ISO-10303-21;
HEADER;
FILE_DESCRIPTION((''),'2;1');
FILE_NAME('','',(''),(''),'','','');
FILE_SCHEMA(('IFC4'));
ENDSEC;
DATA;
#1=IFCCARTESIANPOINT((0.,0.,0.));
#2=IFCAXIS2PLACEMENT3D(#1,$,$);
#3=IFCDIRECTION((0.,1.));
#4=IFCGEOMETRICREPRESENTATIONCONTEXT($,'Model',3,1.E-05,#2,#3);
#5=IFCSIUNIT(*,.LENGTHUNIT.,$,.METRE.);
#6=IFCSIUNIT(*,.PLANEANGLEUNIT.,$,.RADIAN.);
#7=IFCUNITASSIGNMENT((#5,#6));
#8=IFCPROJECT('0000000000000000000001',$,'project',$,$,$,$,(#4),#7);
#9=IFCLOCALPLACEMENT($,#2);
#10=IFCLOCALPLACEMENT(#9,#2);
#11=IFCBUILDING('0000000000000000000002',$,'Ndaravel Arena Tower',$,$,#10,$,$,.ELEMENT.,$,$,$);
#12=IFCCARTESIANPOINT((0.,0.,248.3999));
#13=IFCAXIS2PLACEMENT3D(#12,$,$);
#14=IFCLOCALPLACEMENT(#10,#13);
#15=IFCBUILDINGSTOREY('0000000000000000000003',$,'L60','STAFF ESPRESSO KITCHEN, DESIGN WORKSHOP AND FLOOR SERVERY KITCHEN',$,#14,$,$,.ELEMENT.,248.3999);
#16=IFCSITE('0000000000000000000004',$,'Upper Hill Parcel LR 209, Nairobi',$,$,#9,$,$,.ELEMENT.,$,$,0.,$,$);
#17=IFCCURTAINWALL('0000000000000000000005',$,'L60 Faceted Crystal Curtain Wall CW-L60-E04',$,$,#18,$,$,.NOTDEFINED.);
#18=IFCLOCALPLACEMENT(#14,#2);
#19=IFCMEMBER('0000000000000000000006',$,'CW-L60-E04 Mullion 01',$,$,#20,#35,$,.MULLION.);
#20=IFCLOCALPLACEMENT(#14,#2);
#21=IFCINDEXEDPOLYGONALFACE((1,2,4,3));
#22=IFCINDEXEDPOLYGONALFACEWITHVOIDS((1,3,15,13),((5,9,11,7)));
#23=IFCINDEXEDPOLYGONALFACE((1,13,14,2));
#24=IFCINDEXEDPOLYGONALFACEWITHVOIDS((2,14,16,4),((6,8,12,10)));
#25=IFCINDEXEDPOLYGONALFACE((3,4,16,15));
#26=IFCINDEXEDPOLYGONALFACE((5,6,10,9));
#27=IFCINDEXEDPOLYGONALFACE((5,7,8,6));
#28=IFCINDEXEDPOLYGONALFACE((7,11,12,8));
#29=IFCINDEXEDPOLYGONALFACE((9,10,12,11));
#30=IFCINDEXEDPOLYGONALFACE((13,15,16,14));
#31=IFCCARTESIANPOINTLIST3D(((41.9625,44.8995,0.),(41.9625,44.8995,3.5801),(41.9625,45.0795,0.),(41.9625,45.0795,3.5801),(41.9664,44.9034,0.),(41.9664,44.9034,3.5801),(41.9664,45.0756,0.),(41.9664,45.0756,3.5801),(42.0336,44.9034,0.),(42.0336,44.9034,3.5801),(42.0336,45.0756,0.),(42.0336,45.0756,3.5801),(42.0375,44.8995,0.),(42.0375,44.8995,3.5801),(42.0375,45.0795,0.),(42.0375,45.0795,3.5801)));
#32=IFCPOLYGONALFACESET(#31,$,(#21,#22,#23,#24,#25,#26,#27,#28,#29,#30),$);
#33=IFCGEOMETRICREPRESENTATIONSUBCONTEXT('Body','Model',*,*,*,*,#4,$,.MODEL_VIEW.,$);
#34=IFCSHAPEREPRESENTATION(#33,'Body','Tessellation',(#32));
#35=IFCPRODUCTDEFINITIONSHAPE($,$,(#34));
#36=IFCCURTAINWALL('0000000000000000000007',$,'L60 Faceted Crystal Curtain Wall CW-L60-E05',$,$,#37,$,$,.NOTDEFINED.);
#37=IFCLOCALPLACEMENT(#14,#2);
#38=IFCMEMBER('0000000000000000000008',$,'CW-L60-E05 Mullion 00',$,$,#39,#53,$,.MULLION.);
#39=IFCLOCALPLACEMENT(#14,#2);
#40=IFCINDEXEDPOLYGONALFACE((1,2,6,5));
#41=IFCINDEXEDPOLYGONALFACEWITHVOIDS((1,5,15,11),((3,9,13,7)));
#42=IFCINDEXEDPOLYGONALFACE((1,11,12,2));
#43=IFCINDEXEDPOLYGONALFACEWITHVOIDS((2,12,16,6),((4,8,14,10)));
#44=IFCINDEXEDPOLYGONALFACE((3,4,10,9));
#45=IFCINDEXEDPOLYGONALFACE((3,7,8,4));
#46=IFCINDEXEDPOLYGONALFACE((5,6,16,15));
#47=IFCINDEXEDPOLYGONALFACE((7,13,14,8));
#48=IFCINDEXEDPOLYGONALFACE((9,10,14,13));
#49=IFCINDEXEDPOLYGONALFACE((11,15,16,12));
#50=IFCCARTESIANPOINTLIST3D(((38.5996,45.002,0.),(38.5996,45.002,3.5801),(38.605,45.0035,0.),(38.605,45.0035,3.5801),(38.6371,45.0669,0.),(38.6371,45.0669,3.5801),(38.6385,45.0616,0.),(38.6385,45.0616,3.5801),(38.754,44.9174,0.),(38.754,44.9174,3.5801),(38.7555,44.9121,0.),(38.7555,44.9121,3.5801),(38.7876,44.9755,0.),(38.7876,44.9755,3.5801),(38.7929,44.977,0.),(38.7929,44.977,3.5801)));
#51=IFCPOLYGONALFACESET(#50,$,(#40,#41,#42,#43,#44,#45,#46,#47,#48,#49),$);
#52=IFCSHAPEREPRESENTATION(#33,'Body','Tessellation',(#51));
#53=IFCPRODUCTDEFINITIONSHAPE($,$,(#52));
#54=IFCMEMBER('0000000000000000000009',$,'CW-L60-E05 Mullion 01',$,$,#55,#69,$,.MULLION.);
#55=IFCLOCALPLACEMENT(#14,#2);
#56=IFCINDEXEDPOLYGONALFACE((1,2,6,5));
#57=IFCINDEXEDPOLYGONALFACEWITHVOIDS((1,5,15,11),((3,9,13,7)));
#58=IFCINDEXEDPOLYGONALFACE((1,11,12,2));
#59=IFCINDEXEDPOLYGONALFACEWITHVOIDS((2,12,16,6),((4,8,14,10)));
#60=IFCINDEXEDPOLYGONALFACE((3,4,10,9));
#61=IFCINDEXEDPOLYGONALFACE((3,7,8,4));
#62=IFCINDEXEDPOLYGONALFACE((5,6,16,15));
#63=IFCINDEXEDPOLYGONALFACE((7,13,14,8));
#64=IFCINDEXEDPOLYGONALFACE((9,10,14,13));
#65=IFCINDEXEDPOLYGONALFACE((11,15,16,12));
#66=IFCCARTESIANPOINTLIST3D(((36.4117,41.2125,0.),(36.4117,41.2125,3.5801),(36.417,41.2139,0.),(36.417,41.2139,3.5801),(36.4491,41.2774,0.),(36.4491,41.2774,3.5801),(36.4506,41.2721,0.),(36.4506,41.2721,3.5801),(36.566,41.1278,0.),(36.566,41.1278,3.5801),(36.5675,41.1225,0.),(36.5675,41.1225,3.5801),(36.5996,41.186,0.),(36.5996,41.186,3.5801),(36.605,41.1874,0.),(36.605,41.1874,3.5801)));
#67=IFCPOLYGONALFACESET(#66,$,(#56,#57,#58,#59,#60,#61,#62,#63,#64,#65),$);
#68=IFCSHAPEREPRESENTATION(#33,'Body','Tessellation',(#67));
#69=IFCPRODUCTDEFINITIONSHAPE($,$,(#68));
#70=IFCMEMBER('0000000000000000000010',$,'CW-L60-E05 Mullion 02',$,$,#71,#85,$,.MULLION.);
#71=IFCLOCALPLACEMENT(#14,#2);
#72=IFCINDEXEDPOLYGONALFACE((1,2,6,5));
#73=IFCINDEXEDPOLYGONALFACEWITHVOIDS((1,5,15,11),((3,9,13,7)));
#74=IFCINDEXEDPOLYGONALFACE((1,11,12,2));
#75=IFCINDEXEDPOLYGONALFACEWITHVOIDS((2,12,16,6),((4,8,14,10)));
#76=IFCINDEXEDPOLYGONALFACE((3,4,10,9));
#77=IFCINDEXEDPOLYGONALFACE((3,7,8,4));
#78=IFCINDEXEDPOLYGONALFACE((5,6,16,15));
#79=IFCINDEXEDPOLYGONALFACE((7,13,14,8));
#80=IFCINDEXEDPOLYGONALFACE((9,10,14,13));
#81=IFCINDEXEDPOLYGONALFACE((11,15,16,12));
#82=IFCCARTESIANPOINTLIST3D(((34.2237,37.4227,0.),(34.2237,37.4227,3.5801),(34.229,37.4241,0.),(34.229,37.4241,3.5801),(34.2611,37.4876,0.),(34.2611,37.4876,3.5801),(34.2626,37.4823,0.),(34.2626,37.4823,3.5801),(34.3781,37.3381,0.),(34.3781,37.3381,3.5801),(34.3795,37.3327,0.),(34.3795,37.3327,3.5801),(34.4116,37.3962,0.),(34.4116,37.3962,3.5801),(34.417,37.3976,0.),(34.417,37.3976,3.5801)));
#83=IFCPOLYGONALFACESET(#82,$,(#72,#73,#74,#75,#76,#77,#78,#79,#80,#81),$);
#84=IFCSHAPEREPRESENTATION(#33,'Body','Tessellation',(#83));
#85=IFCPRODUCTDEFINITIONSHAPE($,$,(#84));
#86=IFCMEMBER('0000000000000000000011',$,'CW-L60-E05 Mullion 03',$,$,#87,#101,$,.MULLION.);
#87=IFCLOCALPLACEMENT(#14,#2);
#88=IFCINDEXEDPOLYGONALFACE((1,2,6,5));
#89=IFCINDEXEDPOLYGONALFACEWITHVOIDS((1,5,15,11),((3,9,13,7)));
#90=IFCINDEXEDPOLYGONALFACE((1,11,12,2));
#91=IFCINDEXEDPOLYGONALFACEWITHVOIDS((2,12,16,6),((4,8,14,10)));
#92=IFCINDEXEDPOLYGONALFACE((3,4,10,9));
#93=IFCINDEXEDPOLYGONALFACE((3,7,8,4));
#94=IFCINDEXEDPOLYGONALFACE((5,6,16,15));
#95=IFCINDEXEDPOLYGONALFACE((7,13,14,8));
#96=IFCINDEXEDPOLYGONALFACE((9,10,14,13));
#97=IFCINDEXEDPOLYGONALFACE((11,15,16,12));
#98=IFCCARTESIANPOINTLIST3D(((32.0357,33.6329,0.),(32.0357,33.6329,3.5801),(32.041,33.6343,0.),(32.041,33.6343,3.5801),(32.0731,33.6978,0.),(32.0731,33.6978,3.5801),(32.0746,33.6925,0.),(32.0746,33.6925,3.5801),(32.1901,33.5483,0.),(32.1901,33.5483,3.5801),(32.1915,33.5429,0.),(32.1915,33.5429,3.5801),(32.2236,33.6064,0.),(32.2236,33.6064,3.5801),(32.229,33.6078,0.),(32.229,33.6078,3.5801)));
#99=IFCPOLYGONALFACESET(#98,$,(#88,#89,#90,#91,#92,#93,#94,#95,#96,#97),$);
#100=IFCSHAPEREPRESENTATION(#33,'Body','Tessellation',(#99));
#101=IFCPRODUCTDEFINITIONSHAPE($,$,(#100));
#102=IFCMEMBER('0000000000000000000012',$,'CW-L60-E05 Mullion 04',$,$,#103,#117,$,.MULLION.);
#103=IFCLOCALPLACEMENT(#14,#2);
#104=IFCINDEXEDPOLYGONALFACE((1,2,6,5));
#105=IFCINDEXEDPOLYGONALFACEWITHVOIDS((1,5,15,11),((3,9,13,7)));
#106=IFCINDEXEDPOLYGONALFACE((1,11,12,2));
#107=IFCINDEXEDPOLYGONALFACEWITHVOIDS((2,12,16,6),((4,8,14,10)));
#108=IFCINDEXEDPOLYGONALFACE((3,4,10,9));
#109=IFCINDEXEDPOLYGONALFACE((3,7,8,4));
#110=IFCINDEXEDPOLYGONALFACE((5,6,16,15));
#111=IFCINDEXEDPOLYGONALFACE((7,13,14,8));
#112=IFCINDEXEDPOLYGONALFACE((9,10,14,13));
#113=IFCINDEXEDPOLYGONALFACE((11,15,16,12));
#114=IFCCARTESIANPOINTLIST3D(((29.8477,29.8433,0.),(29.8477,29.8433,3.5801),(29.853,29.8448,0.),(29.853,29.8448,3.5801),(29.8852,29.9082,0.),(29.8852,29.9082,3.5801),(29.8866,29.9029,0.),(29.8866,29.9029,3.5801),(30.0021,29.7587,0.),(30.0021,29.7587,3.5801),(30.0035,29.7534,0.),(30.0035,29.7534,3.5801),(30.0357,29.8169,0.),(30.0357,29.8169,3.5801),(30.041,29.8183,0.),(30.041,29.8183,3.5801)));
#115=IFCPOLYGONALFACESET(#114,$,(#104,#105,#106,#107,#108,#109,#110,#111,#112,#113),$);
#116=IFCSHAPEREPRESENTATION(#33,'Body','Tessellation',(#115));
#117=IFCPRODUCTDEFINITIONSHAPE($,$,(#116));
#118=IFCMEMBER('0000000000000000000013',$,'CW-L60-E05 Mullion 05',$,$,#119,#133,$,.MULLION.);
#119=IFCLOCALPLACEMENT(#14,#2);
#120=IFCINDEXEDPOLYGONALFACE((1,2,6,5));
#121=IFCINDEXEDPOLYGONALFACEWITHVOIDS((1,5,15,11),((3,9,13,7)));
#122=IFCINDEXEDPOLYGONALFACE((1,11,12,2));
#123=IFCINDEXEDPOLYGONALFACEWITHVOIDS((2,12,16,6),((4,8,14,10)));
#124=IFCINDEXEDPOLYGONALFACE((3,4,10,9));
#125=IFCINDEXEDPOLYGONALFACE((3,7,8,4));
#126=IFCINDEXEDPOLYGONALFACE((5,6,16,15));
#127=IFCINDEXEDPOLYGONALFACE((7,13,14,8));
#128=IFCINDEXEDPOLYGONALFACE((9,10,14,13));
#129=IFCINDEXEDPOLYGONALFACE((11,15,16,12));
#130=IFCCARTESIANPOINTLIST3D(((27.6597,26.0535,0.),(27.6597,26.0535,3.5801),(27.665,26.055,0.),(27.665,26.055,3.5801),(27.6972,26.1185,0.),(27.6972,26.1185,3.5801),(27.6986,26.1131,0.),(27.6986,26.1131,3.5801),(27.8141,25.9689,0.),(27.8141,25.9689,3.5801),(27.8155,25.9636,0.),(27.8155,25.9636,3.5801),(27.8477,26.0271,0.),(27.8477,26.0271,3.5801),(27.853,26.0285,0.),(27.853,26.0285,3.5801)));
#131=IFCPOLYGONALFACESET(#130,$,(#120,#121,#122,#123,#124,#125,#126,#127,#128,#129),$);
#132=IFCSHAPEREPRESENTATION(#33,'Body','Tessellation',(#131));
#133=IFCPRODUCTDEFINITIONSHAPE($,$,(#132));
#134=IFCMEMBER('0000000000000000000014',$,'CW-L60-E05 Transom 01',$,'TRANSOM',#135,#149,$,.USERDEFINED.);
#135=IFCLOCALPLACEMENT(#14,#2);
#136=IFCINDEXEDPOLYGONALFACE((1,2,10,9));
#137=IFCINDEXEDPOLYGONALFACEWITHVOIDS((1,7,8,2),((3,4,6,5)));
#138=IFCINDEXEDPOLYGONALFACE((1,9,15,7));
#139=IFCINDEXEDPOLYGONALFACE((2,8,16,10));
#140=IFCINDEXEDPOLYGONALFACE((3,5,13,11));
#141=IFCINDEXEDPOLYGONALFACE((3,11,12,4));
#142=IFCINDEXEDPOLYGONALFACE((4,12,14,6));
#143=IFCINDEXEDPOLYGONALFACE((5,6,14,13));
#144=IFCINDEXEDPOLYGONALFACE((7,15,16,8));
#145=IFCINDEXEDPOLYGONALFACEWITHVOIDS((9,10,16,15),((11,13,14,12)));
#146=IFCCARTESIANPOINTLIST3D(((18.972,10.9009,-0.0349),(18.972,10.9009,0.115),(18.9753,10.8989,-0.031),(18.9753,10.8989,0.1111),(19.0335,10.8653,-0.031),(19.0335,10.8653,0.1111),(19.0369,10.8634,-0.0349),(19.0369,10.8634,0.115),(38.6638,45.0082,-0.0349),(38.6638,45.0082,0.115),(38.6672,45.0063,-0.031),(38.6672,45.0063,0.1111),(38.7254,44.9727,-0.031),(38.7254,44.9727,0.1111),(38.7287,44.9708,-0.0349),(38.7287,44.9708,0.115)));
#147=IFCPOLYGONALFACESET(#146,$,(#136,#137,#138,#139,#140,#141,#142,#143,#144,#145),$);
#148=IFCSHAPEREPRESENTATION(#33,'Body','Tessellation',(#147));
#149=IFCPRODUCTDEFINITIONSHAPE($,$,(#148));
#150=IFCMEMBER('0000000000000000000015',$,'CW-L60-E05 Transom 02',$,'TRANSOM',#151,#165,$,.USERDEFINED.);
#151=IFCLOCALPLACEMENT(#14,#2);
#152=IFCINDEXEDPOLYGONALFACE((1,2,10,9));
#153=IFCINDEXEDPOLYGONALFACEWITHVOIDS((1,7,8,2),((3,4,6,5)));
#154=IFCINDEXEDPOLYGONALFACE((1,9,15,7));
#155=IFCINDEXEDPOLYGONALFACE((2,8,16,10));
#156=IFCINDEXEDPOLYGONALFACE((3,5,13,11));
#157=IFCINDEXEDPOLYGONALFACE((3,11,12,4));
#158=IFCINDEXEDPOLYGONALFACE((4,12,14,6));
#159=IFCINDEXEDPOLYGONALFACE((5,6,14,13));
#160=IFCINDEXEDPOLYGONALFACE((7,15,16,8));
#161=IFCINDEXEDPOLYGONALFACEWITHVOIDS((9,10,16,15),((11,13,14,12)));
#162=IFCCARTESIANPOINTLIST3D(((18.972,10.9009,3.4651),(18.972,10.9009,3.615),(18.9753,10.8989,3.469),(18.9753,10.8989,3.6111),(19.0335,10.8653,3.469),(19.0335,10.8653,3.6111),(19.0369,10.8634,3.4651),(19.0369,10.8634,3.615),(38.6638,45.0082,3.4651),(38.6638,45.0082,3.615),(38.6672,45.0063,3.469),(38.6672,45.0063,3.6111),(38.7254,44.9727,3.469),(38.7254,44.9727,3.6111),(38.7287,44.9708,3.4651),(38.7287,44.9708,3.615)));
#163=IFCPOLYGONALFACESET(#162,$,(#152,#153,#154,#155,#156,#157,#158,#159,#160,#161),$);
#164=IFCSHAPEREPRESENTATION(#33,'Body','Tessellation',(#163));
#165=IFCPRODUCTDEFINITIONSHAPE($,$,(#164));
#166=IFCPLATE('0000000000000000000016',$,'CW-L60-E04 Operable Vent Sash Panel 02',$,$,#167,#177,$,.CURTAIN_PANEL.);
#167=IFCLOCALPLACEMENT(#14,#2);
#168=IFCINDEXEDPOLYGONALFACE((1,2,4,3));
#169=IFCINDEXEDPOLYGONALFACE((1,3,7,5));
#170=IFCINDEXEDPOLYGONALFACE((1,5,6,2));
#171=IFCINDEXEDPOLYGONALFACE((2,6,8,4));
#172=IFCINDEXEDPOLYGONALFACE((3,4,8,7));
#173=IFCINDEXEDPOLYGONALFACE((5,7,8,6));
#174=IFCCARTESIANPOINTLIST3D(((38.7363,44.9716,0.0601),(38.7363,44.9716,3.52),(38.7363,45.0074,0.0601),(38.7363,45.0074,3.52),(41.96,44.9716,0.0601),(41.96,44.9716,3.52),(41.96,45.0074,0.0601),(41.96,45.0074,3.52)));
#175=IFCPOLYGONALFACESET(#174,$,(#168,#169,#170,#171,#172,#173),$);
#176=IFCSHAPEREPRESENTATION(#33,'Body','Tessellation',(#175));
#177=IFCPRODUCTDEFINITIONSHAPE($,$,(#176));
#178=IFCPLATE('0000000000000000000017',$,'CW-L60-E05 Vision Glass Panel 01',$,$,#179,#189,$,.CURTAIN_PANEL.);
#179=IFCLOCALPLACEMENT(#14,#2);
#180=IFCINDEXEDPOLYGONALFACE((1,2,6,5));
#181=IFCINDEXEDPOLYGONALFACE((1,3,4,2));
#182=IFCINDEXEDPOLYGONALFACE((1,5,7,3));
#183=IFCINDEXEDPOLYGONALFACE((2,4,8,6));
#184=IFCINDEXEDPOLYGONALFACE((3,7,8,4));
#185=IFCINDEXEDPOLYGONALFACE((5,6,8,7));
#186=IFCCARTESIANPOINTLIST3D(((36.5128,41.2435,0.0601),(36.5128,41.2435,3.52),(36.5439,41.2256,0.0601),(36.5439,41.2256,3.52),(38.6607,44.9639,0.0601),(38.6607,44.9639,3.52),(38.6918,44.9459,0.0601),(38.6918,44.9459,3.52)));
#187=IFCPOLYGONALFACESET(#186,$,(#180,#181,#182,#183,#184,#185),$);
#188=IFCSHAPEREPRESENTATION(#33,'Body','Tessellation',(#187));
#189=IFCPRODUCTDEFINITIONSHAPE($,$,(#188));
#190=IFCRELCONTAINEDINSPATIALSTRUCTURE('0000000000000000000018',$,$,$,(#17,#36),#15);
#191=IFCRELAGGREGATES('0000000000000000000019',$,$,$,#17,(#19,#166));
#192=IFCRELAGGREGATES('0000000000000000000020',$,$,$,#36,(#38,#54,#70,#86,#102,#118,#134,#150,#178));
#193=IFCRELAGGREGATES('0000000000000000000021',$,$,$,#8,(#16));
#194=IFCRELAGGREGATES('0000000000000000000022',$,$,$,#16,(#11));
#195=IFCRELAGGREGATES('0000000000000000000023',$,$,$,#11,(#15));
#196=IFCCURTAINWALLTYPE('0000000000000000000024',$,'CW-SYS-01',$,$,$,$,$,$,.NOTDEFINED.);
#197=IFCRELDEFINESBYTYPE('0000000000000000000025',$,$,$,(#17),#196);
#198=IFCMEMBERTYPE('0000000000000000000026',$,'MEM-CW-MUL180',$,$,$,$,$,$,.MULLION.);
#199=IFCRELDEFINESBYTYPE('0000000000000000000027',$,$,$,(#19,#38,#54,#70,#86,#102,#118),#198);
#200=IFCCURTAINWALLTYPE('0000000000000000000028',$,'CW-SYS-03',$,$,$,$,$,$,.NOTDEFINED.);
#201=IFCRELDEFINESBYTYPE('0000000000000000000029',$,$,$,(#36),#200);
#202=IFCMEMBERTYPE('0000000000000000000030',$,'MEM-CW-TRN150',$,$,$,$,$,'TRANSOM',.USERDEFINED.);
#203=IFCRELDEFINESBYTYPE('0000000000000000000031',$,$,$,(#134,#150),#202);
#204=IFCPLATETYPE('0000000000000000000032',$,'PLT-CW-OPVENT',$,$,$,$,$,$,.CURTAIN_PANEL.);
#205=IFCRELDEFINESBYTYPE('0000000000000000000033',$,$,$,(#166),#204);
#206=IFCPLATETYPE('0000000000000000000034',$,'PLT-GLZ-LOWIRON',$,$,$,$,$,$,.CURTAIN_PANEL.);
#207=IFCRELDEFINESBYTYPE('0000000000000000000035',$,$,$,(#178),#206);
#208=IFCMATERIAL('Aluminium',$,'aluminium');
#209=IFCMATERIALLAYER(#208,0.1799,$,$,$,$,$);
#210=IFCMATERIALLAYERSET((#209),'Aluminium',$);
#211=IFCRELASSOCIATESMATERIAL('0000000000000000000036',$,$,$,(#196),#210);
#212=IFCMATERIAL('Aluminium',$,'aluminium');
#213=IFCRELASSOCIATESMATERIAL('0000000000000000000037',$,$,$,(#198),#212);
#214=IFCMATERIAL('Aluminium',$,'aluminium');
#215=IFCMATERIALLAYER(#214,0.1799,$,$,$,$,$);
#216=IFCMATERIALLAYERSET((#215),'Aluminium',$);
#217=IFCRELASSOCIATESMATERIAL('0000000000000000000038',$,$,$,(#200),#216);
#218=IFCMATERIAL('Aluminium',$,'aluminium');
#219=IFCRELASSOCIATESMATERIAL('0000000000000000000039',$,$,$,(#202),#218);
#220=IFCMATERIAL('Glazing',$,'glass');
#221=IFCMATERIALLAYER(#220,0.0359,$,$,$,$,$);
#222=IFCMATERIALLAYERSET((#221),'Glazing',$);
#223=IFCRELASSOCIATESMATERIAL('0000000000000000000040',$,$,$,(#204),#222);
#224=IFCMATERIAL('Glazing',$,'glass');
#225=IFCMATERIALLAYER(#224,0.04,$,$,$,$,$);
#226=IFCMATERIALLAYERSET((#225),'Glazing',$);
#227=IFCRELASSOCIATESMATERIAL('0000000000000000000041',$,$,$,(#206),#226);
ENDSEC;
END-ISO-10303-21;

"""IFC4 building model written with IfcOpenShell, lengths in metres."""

from ifc_helpers import new_model, si_unit, direction, frame, origin, origin_2d, place, context, subcontext, project, spatial, rectangle, hollow_rectangle, extrude, material, layer, layer_set, material_profile, profile_set, type_object, element, aggregate, save


model = new_model("IFC4")

# Units and contexts
model_context = context("Model", 3, precision=1e-05, world=origin(), true_north=direction((0.0, 1.0)))
body_context = subcontext(model_context, "Body", "Model", "MODEL_VIEW")
ifc_project = project(units=[si_unit("LENGTHUNIT", "METRE"), si_unit("PLANEANGLEUNIT", "RADIAN")], contexts=[model_context])

# Site, building, storey
site_placement = place(None, origin())
site = spatial("IfcSite", under=ifc_project, at=site_placement, Name="Upper Hill Parcel LR 209, Nairobi", CompositionType="ELEMENT", RefElevation=0.0)
building_placement = place(site_placement, origin())
building = spatial("IfcBuilding", under=site, at=building_placement, Name="Ndaravel Arena Tower", CompositionType="ELEMENT")
storey_placement = place(building_placement, frame((0.0, 0.0, 248.3999)))
storey = spatial("IfcBuildingStorey", under=building, at=storey_placement, Name="L60", Description="STAFF ESPRESSO KITCHEN, DESIGN WORKSHOP AND FLOOR SERVERY KITCHEN", CompositionType="ELEMENT", Elevation=248.3999)

# Curtain wall, member
ifc_material_1 = material(Name="Aluminium", Category="aluminium")
ifc_layer_1 = layer(ifc_material_1, 0.1799)
ifc_layer_set_1 = layer_set([ifc_layer_1], Name="Aluminium")
curtain_wall_type_1 = type_object("IfcCurtainWallType", Name="CW-SYS-01", PredefinedType="NOTDEFINED", material=ifc_layer_set_1)
curtain_wall_1_placement = place(storey_placement, origin())
curtain_wall_1 = element("IfcCurtainWall", 1, at=curtain_wall_1_placement, inside=storey, type_object=curtain_wall_type_1, Name="L60 Faceted Crystal Curtain Wall CW-L60-E04", PredefinedType="NOTDEFINED")
ifc_material_2 = material(Name="Aluminium", Category="aluminium")
ifc_material_profile_1 = material_profile(ifc_material_2, hollow_rectangle(XDim=0.075, YDim=0.1799, WallThickness=0.0039, at=origin_2d()), Name="CW MULLION 75x180x4")
ifc_profile_set_1 = profile_set([ifc_material_profile_1], Name="Aluminium")
member_type_1 = type_object("IfcMemberType", Name="MEM-CW-MUL180", PredefinedType="MULLION", material=ifc_profile_set_1)
member_1_placement = place(storey_placement, frame((42.0, 44.9895, 0.0), z_axis=(0.0, 0.0, 1.0), x_axis=(-1.0, 0.0, 0.0)))
member_1 = element("IfcMember", 2, at=member_1_placement, type_object=member_type_1, Name="CW-L60-E04 Mullion 01", PredefinedType="MULLION", context=body_context, shape_type="SweptSolid", body=[
    extrude(hollow_rectangle(XDim=0.075, YDim=0.1799, WallThickness=0.0039, at=origin_2d()), origin(), (0.0, 0.0, 1.0), 3.5801),
])

# Curtain wall, members
ifc_material_3 = material(Name="Aluminium", Category="aluminium")
ifc_layer_2 = layer(ifc_material_3, 0.1799)
ifc_layer_set_2 = layer_set([ifc_layer_2], Name="Aluminium")
curtain_wall_type_2 = type_object("IfcCurtainWallType", Name="CW-SYS-03", PredefinedType="NOTDEFINED", material=ifc_layer_set_2)
curtain_wall_2_placement = place(storey_placement, origin())
curtain_wall_2 = element("IfcCurtainWall", 3, at=curtain_wall_2_placement, inside=storey, type_object=curtain_wall_type_2, Name="L60 Faceted Crystal Curtain Wall CW-L60-E05", PredefinedType="NOTDEFINED")
member_2_placement = place(storey_placement, frame((38.6963, 44.9895, 0.0), z_axis=(0.0, 0.0, 1.0), x_axis=(-0.5, -0.866025, 0.0)))
member_2 = element("IfcMember", 4, at=member_2_placement, type_object=member_type_1, Name="CW-L60-E05 Mullion 00", PredefinedType="MULLION", context=body_context, shape_type="SweptSolid", body=[
    extrude(hollow_rectangle(XDim=0.075, YDim=0.1799, WallThickness=0.0039, at=origin_2d()), origin(), (0.0, 0.0, 1.0), 3.5801),
])
member_3_placement = place(storey_placement, frame((36.5083, 41.2, 0.0), z_axis=(0.0, 0.0, 1.0), x_axis=(-0.5, -0.866025, 0.0)))
member_3 = element("IfcMember", 5, at=member_3_placement, type_object=member_type_1, Name="CW-L60-E05 Mullion 01", PredefinedType="MULLION", context=body_context, shape_type="SweptSolid", body=[
    extrude(hollow_rectangle(XDim=0.075, YDim=0.1799, WallThickness=0.0039, at=origin_2d()), origin(), (0.0, 0.0, 1.0), 3.5801),
])
member_4_placement = place(storey_placement, frame((34.3203, 37.4102, 0.0), z_axis=(0.0, 0.0, 1.0), x_axis=(-0.5, -0.866025, 0.0)))
member_4 = element("IfcMember", 6, at=member_4_placement, type_object=member_type_1, Name="CW-L60-E05 Mullion 02", PredefinedType="MULLION", context=body_context, shape_type="SweptSolid", body=[
    extrude(hollow_rectangle(XDim=0.075, YDim=0.1799, WallThickness=0.0039, at=origin_2d()), origin(), (0.0, 0.0, 1.0), 3.5801),
])
member_5_placement = place(storey_placement, frame((32.1323, 33.6204, 0.0), z_axis=(0.0, 0.0, 1.0), x_axis=(-0.5, -0.866025, 0.0)))
member_5 = element("IfcMember", 7, at=member_5_placement, type_object=member_type_1, Name="CW-L60-E05 Mullion 03", PredefinedType="MULLION", context=body_context, shape_type="SweptSolid", body=[
    extrude(hollow_rectangle(XDim=0.075, YDim=0.1799, WallThickness=0.0039, at=origin_2d()), origin(), (0.0, 0.0, 1.0), 3.5801),
])
member_6_placement = place(storey_placement, frame((29.9443, 29.8308, 0.0), z_axis=(0.0, 0.0, 1.0), x_axis=(-0.5, -0.866025, 0.0)))
member_6 = element("IfcMember", 8, at=member_6_placement, type_object=member_type_1, Name="CW-L60-E05 Mullion 04", PredefinedType="MULLION", context=body_context, shape_type="SweptSolid", body=[
    extrude(hollow_rectangle(XDim=0.075, YDim=0.1799, WallThickness=0.0039, at=origin_2d()), origin(), (0.0, 0.0, 1.0), 3.5801),
])
member_7_placement = place(storey_placement, frame((27.7563, 26.041, 0.0), z_axis=(0.0, 0.0, 1.0), x_axis=(-0.5, -0.866025, 0.0)))
member_7 = element("IfcMember", 9, at=member_7_placement, type_object=member_type_1, Name="CW-L60-E05 Mullion 05", PredefinedType="MULLION", context=body_context, shape_type="SweptSolid", body=[
    extrude(hollow_rectangle(XDim=0.075, YDim=0.1799, WallThickness=0.0039, at=origin_2d()), origin(), (0.0, 0.0, 1.0), 3.5801),
])
ifc_material_4 = material(Name="Aluminium", Category="aluminium")
ifc_material_profile_2 = material_profile(ifc_material_4, hollow_rectangle(XDim=0.075, YDim=0.1499, WallThickness=0.0039, at=origin_2d()), Name="CW TRANSOM 75x150x4")
ifc_profile_set_2 = profile_set([ifc_material_profile_2], Name="Aluminium")
member_type_2 = type_object("IfcMemberType", Name="MEM-CW-TRN150", ElementType="TRANSOM", PredefinedType="USERDEFINED", material=ifc_profile_set_2)
member_8_placement = place(storey_placement, frame((38.6963, 44.9895, 0.04), z_axis=(-0.499999, -0.866026, 0.0), x_axis=(0.866026, -0.499999, 0.0)))
member_8 = element("IfcMember", 10, at=member_8_placement, type_object=member_type_2, Name="CW-L60-E05 Transom 01", ObjectType="TRANSOM", PredefinedType="USERDEFINED", context=body_context, shape_type="SweptSolid", body=[
    extrude(hollow_rectangle(XDim=0.075, YDim=0.1499, WallThickness=0.0039, at=origin_2d()), origin(), (0.0, 0.0, 1.0), 39.3838),
])
member_9_placement = place(storey_placement, frame((38.6963, 44.9895, 3.54), z_axis=(-0.499999, -0.866026, 0.0), x_axis=(0.866026, -0.499999, 0.0)))
member_9 = element("IfcMember", 11, at=member_9_placement, type_object=member_type_2, Name="CW-L60-E05 Transom 02", ObjectType="TRANSOM", PredefinedType="USERDEFINED", context=body_context, shape_type="SweptSolid", body=[
    extrude(hollow_rectangle(XDim=0.075, YDim=0.1499, WallThickness=0.0039, at=origin_2d()), origin(), (0.0, 0.0, 1.0), 39.3838),
])

# Plates
ifc_material_5 = material(Name="Glazing", Category="glass")
ifc_layer_3 = layer(ifc_material_5, 0.0359)
ifc_layer_set_3 = layer_set([ifc_layer_3], Name="Glazing")
plate_type_1 = type_object("IfcPlateType", Name="PLT-CW-OPVENT", PredefinedType="CURTAIN_PANEL", material=ifc_layer_set_3)
plate_1_placement = place(storey_placement, frame((40.3481, 44.9895, 0.0601), z_axis=(0.0, 0.0, 1.0), x_axis=(-1.0, 0.0, 0.0)))
plate_1 = element("IfcPlate", 12, at=plate_1_placement, type_object=plate_type_1, Name="CW-L60-E04 Operable Vent Sash Panel 02", PredefinedType="CURTAIN_PANEL", context=body_context, shape_type="SweptSolid", body=[
    extrude(rectangle(XDim=3.2236, YDim=0.0359, at=origin_2d()), origin(), (0.0, 0.0, 1.0), 3.46),
])
aggregate(curtain_wall_1, [member_1, plate_1])
ifc_material_6 = material(Name="Glazing", Category="glass")
ifc_layer_4 = layer(ifc_material_6, 0.04)
ifc_layer_set_4 = layer_set([ifc_layer_4], Name="Glazing")
plate_type_2 = type_object("IfcPlateType", Name="PLT-GLZ-LOWIRON", PredefinedType="CURTAIN_PANEL", material=ifc_layer_set_4)
plate_2_placement = place(storey_placement, frame((37.6023, 43.0947, 0.0601), z_axis=(0.0, 0.0, 1.0), x_axis=(-0.5, -0.866025, 0.0)))
plate_2 = element("IfcPlate", 13, at=plate_2_placement, type_object=plate_type_2, Name="CW-L60-E05 Vision Glass Panel 01", PredefinedType="CURTAIN_PANEL", context=body_context, shape_type="SweptSolid", body=[
    extrude(rectangle(XDim=4.2959, YDim=0.0359, at=origin_2d()), origin(), (0.0, 0.0, 1.0), 3.46),
])
aggregate(curtain_wall_2, [member_2, member_3, member_4, member_5, member_6, member_7, member_8, member_9, plate_2])

save(model, "model.ifc")
